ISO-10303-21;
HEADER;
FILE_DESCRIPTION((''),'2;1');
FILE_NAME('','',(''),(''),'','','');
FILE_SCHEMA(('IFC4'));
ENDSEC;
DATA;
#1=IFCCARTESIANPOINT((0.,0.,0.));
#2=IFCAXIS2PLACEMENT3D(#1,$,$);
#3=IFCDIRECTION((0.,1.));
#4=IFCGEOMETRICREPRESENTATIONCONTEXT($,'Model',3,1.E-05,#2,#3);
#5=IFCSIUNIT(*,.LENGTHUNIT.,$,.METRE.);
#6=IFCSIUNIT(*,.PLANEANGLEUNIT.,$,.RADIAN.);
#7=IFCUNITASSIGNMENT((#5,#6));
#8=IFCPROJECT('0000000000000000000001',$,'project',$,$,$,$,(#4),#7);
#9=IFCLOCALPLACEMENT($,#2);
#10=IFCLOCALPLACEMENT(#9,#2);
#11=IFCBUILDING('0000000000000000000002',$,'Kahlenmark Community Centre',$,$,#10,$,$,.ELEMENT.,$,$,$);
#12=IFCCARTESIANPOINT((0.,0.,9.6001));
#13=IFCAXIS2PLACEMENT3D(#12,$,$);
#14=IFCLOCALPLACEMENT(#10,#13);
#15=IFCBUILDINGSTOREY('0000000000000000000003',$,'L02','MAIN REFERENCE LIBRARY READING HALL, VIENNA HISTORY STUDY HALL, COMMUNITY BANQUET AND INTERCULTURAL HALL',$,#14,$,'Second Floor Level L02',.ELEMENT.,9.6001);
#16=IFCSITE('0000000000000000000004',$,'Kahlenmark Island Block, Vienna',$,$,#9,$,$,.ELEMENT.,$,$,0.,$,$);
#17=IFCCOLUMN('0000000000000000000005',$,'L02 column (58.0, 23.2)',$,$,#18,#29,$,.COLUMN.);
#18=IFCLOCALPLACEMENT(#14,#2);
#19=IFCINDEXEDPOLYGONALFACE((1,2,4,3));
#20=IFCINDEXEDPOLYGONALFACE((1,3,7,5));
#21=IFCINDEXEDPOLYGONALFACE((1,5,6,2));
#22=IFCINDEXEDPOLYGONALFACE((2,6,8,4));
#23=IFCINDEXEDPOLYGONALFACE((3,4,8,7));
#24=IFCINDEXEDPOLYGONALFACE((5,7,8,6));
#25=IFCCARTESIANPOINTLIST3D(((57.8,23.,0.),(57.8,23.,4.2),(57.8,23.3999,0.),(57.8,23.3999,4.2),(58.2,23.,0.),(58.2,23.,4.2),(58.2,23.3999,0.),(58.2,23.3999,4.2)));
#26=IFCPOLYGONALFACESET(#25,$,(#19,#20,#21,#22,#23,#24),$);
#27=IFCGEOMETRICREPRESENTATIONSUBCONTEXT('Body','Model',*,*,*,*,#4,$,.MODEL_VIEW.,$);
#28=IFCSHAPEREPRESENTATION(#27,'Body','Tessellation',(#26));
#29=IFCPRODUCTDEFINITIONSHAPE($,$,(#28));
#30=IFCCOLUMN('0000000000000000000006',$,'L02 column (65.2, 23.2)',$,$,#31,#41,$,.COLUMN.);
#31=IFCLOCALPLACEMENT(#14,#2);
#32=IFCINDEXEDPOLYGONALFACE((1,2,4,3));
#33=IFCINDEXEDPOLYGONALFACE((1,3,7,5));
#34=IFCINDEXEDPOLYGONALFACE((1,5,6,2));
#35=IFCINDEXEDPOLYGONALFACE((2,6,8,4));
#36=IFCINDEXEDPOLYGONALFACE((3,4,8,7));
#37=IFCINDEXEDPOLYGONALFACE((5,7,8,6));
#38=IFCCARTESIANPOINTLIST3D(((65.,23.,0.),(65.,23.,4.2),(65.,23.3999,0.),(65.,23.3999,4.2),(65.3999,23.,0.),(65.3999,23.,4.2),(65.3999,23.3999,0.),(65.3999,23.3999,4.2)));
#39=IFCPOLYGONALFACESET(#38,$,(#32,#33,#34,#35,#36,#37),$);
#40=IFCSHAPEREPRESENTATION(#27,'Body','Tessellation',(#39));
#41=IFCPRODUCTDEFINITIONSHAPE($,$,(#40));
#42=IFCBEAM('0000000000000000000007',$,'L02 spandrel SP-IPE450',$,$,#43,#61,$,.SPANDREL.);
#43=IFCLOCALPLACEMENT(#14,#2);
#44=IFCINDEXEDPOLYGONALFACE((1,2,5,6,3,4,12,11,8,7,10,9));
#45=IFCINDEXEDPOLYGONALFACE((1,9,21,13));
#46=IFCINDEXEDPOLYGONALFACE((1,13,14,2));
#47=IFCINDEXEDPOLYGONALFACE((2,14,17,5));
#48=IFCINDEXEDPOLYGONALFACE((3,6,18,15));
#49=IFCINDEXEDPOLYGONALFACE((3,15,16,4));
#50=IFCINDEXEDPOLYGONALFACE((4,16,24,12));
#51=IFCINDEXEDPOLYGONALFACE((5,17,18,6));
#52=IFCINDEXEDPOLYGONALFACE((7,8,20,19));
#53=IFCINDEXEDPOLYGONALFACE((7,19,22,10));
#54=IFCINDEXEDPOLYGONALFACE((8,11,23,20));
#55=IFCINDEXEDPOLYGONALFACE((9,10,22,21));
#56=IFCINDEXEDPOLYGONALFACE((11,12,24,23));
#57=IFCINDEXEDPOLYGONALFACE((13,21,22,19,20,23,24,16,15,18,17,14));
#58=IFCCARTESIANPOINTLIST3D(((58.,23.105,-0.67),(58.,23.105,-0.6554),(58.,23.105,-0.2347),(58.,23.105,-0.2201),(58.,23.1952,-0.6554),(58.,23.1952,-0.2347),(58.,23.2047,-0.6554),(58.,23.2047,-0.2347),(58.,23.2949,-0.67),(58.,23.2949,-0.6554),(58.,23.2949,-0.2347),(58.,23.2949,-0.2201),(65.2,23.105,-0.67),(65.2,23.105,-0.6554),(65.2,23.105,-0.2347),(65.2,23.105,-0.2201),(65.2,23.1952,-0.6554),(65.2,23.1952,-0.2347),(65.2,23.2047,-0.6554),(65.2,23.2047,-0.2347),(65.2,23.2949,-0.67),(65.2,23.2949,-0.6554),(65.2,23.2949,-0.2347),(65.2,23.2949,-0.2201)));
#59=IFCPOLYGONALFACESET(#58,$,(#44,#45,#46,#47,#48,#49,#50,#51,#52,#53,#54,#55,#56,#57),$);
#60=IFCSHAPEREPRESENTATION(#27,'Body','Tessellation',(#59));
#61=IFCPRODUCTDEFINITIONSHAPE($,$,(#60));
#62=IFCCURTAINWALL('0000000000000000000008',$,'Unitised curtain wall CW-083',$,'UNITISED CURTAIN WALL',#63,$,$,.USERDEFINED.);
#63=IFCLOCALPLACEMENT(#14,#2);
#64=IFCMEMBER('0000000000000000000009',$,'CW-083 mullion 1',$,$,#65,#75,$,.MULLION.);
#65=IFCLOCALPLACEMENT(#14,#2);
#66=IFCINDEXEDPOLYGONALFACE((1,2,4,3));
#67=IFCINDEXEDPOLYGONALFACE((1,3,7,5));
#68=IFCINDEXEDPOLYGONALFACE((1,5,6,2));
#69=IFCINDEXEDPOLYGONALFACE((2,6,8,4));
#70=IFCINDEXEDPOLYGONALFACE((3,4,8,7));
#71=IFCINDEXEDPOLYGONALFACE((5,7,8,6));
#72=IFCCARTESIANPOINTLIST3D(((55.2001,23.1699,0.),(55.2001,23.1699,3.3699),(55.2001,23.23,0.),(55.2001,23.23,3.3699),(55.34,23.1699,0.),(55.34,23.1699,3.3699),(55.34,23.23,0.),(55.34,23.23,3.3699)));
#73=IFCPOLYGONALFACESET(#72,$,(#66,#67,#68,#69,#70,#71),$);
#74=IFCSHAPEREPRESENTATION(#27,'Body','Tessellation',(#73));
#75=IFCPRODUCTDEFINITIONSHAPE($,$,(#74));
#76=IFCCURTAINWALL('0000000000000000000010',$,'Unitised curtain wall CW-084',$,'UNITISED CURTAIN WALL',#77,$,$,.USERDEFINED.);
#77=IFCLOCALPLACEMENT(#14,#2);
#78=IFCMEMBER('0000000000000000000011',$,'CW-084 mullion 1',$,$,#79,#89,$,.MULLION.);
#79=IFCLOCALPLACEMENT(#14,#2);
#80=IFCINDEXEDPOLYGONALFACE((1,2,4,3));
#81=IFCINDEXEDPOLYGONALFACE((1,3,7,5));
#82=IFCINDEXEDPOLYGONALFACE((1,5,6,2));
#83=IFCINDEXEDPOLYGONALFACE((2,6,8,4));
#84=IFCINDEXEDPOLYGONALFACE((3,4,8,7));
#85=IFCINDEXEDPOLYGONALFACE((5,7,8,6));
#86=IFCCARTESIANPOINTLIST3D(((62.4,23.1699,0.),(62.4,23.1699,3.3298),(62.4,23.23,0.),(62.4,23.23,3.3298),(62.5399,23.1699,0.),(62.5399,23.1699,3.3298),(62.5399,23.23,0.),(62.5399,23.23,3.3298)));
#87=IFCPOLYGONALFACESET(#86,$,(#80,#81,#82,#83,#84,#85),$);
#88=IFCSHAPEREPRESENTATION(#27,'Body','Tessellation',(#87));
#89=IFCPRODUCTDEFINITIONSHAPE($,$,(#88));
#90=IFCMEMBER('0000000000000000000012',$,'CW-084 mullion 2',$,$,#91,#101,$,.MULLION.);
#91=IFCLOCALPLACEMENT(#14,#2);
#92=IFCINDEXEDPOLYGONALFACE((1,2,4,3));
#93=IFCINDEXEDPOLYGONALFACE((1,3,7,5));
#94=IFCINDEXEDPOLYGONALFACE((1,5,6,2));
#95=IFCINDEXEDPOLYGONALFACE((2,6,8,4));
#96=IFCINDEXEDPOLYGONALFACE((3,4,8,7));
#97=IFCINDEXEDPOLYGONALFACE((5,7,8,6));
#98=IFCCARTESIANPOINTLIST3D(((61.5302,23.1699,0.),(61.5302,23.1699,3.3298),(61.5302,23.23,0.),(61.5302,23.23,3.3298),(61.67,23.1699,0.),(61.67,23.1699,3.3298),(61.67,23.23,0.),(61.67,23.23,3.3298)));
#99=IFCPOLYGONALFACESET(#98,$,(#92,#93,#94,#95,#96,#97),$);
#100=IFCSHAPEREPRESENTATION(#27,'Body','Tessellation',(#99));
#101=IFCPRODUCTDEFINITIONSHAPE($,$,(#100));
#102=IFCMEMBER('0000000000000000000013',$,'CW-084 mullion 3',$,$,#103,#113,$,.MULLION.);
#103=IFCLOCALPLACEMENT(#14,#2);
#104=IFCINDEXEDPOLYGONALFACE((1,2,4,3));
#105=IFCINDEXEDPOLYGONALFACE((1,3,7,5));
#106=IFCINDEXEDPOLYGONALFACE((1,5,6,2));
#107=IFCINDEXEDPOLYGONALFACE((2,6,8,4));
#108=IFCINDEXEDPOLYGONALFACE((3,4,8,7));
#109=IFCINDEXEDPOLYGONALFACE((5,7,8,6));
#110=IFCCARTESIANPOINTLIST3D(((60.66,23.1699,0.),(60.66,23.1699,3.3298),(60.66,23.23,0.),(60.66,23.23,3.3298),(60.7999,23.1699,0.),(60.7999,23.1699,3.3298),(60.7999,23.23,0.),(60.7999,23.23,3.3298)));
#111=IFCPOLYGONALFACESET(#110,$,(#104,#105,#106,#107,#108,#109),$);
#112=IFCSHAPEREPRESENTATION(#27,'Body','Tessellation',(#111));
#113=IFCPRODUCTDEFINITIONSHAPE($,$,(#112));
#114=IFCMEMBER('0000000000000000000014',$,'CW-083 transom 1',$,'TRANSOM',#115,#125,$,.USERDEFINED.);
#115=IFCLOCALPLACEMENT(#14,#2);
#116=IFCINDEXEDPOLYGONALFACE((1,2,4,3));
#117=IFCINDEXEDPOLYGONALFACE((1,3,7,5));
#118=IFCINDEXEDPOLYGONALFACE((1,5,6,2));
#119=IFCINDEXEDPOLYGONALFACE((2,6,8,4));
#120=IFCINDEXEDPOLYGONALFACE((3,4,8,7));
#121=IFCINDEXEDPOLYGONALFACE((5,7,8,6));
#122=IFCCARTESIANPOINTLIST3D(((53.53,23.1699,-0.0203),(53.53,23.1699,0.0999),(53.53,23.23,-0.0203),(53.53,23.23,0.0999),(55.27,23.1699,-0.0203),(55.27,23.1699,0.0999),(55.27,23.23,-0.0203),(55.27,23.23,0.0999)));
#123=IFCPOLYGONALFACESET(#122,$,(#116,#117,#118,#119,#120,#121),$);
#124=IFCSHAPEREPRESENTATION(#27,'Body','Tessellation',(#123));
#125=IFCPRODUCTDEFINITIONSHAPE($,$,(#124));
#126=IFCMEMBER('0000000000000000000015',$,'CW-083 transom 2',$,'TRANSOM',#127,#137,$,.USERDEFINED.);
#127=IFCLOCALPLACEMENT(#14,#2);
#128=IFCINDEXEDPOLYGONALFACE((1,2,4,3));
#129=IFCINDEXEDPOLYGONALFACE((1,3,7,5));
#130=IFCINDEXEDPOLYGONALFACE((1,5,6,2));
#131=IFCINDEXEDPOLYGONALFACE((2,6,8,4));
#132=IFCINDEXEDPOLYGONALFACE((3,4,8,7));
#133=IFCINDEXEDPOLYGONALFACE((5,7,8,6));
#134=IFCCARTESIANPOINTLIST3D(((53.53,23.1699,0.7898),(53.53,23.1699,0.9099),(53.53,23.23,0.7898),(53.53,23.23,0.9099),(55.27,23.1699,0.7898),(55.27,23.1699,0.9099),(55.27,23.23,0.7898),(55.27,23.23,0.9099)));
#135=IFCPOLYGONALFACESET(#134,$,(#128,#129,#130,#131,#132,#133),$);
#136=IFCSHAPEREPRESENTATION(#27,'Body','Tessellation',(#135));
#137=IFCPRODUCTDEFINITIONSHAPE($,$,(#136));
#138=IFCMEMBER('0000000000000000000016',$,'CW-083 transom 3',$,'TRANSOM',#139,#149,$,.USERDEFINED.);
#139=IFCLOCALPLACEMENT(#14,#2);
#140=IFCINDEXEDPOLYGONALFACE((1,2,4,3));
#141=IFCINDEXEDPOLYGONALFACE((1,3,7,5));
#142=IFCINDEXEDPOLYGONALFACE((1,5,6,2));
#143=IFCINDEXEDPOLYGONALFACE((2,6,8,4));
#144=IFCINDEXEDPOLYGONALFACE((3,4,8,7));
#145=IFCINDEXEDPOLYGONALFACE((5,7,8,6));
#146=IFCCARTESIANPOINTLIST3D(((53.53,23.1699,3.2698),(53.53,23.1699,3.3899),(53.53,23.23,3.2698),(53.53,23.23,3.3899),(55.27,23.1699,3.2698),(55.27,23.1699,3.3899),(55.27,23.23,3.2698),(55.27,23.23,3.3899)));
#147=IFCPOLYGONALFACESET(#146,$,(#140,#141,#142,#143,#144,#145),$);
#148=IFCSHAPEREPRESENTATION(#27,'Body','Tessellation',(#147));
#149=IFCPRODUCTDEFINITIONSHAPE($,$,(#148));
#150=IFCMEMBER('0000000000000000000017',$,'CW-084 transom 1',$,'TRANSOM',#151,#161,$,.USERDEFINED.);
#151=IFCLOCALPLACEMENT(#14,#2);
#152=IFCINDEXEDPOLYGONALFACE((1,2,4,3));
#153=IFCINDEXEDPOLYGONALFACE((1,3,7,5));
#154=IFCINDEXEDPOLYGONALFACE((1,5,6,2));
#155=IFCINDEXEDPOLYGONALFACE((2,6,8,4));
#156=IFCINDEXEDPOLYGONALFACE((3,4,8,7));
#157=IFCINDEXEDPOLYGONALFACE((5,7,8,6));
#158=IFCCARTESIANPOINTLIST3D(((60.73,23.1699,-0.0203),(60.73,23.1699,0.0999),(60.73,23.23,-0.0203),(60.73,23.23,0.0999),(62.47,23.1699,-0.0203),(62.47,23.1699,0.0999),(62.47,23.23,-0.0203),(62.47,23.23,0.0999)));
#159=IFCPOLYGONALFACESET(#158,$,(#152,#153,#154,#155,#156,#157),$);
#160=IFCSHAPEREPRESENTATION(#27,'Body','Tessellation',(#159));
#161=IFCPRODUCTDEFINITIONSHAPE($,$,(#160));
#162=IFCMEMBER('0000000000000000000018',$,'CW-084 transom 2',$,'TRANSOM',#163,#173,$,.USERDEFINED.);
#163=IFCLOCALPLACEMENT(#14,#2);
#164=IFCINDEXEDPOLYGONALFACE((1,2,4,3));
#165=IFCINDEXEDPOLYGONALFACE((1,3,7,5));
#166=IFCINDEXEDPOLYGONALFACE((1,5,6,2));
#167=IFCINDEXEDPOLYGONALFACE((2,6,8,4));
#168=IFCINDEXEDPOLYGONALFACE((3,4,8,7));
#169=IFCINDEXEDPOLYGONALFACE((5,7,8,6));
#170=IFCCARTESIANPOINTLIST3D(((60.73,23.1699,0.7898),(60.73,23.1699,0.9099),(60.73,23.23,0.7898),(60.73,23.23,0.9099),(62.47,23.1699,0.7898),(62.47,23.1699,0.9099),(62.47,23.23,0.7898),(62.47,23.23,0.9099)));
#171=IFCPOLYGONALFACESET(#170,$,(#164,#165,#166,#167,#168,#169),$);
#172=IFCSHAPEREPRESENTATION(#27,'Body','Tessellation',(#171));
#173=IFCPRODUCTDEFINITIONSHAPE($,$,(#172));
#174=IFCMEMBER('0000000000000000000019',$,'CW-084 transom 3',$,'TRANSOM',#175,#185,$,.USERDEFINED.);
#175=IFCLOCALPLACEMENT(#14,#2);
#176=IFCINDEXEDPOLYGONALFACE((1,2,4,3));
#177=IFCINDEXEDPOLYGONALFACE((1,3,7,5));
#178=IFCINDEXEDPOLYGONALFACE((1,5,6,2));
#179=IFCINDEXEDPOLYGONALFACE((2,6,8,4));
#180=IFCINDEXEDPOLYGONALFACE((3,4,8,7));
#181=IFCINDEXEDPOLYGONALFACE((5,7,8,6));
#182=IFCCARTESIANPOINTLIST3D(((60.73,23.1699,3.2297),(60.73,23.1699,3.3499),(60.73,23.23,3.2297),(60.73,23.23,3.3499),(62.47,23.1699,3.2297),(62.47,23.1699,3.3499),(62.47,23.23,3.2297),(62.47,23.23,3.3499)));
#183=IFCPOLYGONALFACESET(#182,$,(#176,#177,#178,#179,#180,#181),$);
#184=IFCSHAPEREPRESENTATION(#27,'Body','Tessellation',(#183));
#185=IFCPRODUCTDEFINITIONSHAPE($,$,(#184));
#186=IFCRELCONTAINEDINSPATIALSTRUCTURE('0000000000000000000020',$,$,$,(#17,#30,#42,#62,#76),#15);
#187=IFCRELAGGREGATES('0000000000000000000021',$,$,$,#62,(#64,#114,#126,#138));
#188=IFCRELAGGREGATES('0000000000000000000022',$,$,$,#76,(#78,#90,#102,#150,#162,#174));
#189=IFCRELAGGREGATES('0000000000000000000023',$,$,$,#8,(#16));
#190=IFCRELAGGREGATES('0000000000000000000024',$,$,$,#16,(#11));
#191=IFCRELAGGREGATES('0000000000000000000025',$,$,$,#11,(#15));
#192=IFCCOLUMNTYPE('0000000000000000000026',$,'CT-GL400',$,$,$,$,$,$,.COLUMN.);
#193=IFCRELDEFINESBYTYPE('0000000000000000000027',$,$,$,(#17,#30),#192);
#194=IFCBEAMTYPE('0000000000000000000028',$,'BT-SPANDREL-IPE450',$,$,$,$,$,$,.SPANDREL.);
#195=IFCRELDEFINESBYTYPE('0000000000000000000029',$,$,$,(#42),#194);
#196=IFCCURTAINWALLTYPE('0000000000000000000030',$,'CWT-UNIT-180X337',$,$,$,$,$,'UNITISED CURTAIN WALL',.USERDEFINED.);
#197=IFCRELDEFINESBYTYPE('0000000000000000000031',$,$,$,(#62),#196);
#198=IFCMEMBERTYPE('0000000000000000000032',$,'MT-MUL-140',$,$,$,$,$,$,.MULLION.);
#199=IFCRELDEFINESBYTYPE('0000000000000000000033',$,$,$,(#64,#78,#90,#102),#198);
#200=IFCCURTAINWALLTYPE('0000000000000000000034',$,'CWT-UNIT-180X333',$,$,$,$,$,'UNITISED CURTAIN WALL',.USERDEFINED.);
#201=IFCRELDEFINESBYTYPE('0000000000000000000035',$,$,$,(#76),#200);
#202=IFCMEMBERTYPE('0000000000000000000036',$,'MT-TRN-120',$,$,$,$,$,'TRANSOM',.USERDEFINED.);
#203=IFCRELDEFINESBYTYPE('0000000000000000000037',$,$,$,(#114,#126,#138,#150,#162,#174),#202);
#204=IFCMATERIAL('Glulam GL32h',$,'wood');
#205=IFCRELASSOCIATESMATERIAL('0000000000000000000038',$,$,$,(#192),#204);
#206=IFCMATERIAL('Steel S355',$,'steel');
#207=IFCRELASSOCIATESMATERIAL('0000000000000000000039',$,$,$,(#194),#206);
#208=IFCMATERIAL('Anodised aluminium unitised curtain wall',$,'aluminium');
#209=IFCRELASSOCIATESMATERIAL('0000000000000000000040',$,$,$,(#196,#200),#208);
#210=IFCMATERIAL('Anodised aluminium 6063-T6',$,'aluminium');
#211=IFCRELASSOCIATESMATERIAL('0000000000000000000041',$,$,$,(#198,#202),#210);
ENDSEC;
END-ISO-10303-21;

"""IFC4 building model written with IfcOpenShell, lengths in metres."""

from ifc_helpers import new_model, si_unit, direction, frame, origin, origin_2d, place, context, subcontext, project, spatial, rectangle, i_section, extrude, material, material_profile, profile_set, type_object, element, aggregate, save


model = new_model("IFC4")

# Units and contexts
model_context = context("Model", 3, precision=1e-05, world=origin(), true_north=direction((0.0, 1.0)))
body_context = subcontext(model_context, "Body", "Model", "MODEL_VIEW")
ifc_project = project(units=[si_unit("LENGTHUNIT", "METRE"), si_unit("PLANEANGLEUNIT", "RADIAN")], contexts=[model_context])

# Site, building, storey
site_placement = place(None, origin())
site = spatial("IfcSite", under=ifc_project, at=site_placement, Name="Kahlenmark Island Block, Vienna", CompositionType="ELEMENT", RefElevation=0.0)
building_placement = place(site_placement, origin())
building = spatial("IfcBuilding", under=site, at=building_placement, Name="Kahlenmark Community Centre", CompositionType="ELEMENT")
storey_placement = place(building_placement, frame((0.0, 0.0, 9.6001)))
storey = spatial("IfcBuildingStorey", under=building, at=storey_placement, Name="L02", Description="MAIN REFERENCE LIBRARY READING HALL, VIENNA HISTORY STUDY HALL, COMMUNITY BANQUET AND INTERCULTURAL HALL", LongName="Second Floor Level L02", CompositionType="ELEMENT", Elevation=9.6001)

# Columns
ifc_material_1 = material(Name="Glulam GL32h", Category="wood")
ifc_material_profile_1 = material_profile(ifc_material_1, rectangle(XDim=0.3999, YDim=0.3999, at=origin_2d()), Name="GL32h 400x400")
ifc_profile_set_1 = profile_set([ifc_material_profile_1], Name="Glulam GL32h")
column_type = type_object("IfcColumnType", Name="CT-GL400", PredefinedType="COLUMN", material=ifc_profile_set_1)
for number, where, z_axis, x_axis, name in (
    (1, (58.0, 23.2, 0.0), (0.0, 0.0, 1.0), (1.0, 0.0, 0.0), "L02 column (58.0, 23.2)"),
    (2, (65.2, 23.2, 0.0), (0.0, 0.0, 1.0), (1.0, 0.0, 0.0), "L02 column (65.2, 23.2)"),
):
    element("IfcColumn", number, at=place(storey_placement, frame(where, z_axis=z_axis, x_axis=x_axis)), inside=storey, type_object=column_type, Name=name, PredefinedType="COLUMN", context=body_context, shape_type="SweptSolid", body=[
        extrude(rectangle(XDim=0.3999, YDim=0.3999, at=origin_2d()), origin(), (0.0, 0.0, 1.0), 4.2),
    ])

# Beam
ifc_material_2 = material(Name="Steel S355", Category="steel")
ifc_material_profile_2 = material_profile(ifc_material_2, i_section(OverallWidth=0.1899, OverallDepth=0.45, WebThickness=0.0095, FlangeThickness=0.0146, at=origin_2d()), Name="IPE 450")
ifc_profile_set_2 = profile_set([ifc_material_profile_2], Name="Steel S355")
beam_type = type_object("IfcBeamType", Name="BT-SPANDREL-IPE450", PredefinedType="SPANDREL", material=ifc_profile_set_2)
beam_placement = place(storey_placement, frame((58.0, 23.2, -0.4451), z_axis=(1.0, 0.0, 0.0), x_axis=(0.0, 1.0, 0.0)))
element("IfcBeam", 3, at=beam_placement, inside=storey, type_object=beam_type, Name="L02 spandrel SP-IPE450", PredefinedType="SPANDREL", context=body_context, shape_type="SweptSolid", body=[
    extrude(i_section(OverallWidth=0.1899, OverallDepth=0.45, WebThickness=0.0095, FlangeThickness=0.0146, at=origin_2d()), origin(), (0.0, 0.0, 1.0), 7.2),
])

# Curtain wall, member
ifc_material_3 = material(Name="Anodised aluminium unitised curtain wall", Category="aluminium")
curtain_wall_type_1 = type_object("IfcCurtainWallType", Name="CWT-UNIT-180X337", ElementType="UNITISED CURTAIN WALL", PredefinedType="USERDEFINED", material=ifc_material_3)
curtain_wall_1_placement = place(storey_placement, origin())
curtain_wall_1 = element("IfcCurtainWall", 4, at=curtain_wall_1_placement, inside=storey, type_object=curtain_wall_type_1, Name="Unitised curtain wall CW-083", ObjectType="UNITISED CURTAIN WALL", PredefinedType="USERDEFINED")
ifc_material_4 = material(Name="Anodised aluminium 6063-T6", Category="aluminium")
ifc_material_profile_3 = material_profile(ifc_material_4, rectangle(XDim=0.0601, YDim=0.1399, at=origin_2d()), Name="ALU MULLION 60x140")
ifc_profile_set_3 = profile_set([ifc_material_profile_3], Name="Anodised aluminium 6063-T6")
member_type_1 = type_object("IfcMemberType", Name="MT-MUL-140", PredefinedType="MULLION", material=ifc_profile_set_3)
member_1_placement = place(storey_placement, frame((55.27, 23.2, 0.0), z_axis=(0.0, 0.0, 1.0), x_axis=(0.0, -1.0, 0.0)))
member_1 = element("IfcMember", 5, at=member_1_placement, type_object=member_type_1, Name="CW-083 mullion 1", PredefinedType="MULLION", context=body_context, shape_type="SweptSolid", body=[
    extrude(rectangle(XDim=0.0601, YDim=0.1399, at=origin_2d()), origin(), (0.0, 0.0, 1.0), 3.3699),
])

# Curtain wall, members
curtain_wall_type_2 = type_object("IfcCurtainWallType", Name="CWT-UNIT-180X333", ElementType="UNITISED CURTAIN WALL", PredefinedType="USERDEFINED", material=ifc_material_3)
curtain_wall_2_placement = place(storey_placement, origin())
curtain_wall_2 = element("IfcCurtainWall", 6, at=curtain_wall_2_placement, inside=storey, type_object=curtain_wall_type_2, Name="Unitised curtain wall CW-084", ObjectType="UNITISED CURTAIN WALL", PredefinedType="USERDEFINED")
member_2_placement = place(storey_placement, frame((62.47, 23.2, 0.0), z_axis=(0.0, 0.0, 1.0), x_axis=(0.0, -1.0, 0.0)))
member_2 = element("IfcMember", 7, at=member_2_placement, type_object=member_type_1, Name="CW-084 mullion 1", PredefinedType="MULLION", context=body_context, shape_type="SweptSolid", body=[
    extrude(rectangle(XDim=0.0601, YDim=0.1399, at=origin_2d()), origin(), (0.0, 0.0, 1.0), 3.3298),
])
member_3_placement = place(storey_placement, frame((61.6001, 23.2, 0.0), z_axis=(0.0, 0.0, 1.0), x_axis=(0.0, -1.0, 0.0)))
member_3 = element("IfcMember", 8, at=member_3_placement, type_object=member_type_1, Name="CW-084 mullion 2", PredefinedType="MULLION", context=body_context, shape_type="SweptSolid", body=[
    extrude(rectangle(XDim=0.0601, YDim=0.1399, at=origin_2d()), origin(), (0.0, 0.0, 1.0), 3.3298),
])
member_4_placement = place(storey_placement, frame((60.73, 23.2, 0.0), z_axis=(0.0, 0.0, 1.0), x_axis=(0.0, -1.0, 0.0)))
member_4 = element("IfcMember", 9, at=member_4_placement, type_object=member_type_1, Name="CW-084 mullion 3", PredefinedType="MULLION", context=body_context, shape_type="SweptSolid", body=[
    extrude(rectangle(XDim=0.0601, YDim=0.1399, at=origin_2d()), origin(), (0.0, 0.0, 1.0), 3.3298),
])

# Members
ifc_material_profile_4 = material_profile(ifc_material_4, rectangle(XDim=0.0601, YDim=0.1201, at=origin_2d()), Name="ALU TRANSOM 60x120")
ifc_profile_set_4 = profile_set([ifc_material_profile_4], Name="Anodised aluminium 6063-T6")
member_type_2 = type_object("IfcMemberType", Name="MT-TRN-120", ElementType="TRANSOM", PredefinedType="USERDEFINED", material=ifc_profile_set_4)
member_5_placement = place(storey_placement, frame((55.27, 23.2, 0.0398), z_axis=(-1.0, 0.0, 0.0), x_axis=(0.0, -1.0, 0.0)))
member_5 = element("IfcMember", 10, at=member_5_placement, type_object=member_type_2, Name="CW-083 transom 1", ObjectType="TRANSOM", PredefinedType="USERDEFINED", context=body_context, shape_type="SweptSolid", body=[
    extrude(rectangle(XDim=0.0601, YDim=0.1201, at=origin_2d()), origin(), (0.0, 0.0, 1.0), 1.74),
])
member_6_placement = place(storey_placement, frame((55.27, 23.2, 0.8499), z_axis=(-1.0, 0.0, 0.0), x_axis=(0.0, -1.0, 0.0)))
member_6 = element("IfcMember", 11, at=member_6_placement, type_object=member_type_2, Name="CW-083 transom 2", ObjectType="TRANSOM", PredefinedType="USERDEFINED", context=body_context, shape_type="SweptSolid", body=[
    extrude(rectangle(XDim=0.0601, YDim=0.1201, at=origin_2d()), origin(), (0.0, 0.0, 1.0), 1.74),
])
member_7_placement = place(storey_placement, frame((55.27, 23.2, 3.3298), z_axis=(-1.0, 0.0, 0.0), x_axis=(0.0, -1.0, 0.0)))
member_7 = element("IfcMember", 12, at=member_7_placement, type_object=member_type_2, Name="CW-083 transom 3", ObjectType="TRANSOM", PredefinedType="USERDEFINED", context=body_context, shape_type="SweptSolid", body=[
    extrude(rectangle(XDim=0.0601, YDim=0.1201, at=origin_2d()), origin(), (0.0, 0.0, 1.0), 1.74),
])
member_8_placement = place(storey_placement, frame((62.47, 23.2, 0.0398), z_axis=(-1.0, 0.0, 0.0), x_axis=(0.0, -1.0, 0.0)))
member_8 = element("IfcMember", 13, at=member_8_placement, type_object=member_type_2, Name="CW-084 transom 1", ObjectType="TRANSOM", PredefinedType="USERDEFINED", context=body_context, shape_type="SweptSolid", body=[
    extrude(rectangle(XDim=0.0601, YDim=0.1201, at=origin_2d()), origin(), (0.0, 0.0, 1.0), 1.74),
])
member_9_placement = place(storey_placement, frame((62.47, 23.2, 0.8499), z_axis=(-1.0, 0.0, 0.0), x_axis=(0.0, -1.0, 0.0)))
member_9 = element("IfcMember", 14, at=member_9_placement, type_object=member_type_2, Name="CW-084 transom 2", ObjectType="TRANSOM", PredefinedType="USERDEFINED", context=body_context, shape_type="SweptSolid", body=[
    extrude(rectangle(XDim=0.0601, YDim=0.1201, at=origin_2d()), origin(), (0.0, 0.0, 1.0), 1.74),
])
member_10_placement = place(storey_placement, frame((62.47, 23.2, 3.2898), z_axis=(-1.0, 0.0, 0.0), x_axis=(0.0, -1.0, 0.0)))
member_10 = element("IfcMember", 15, at=member_10_placement, type_object=member_type_2, Name="CW-084 transom 3", ObjectType="TRANSOM", PredefinedType="USERDEFINED", context=body_context, shape_type="SweptSolid", body=[
    extrude(rectangle(XDim=0.0601, YDim=0.1201, at=origin_2d()), origin(), (0.0, 0.0, 1.0), 1.74),
])

aggregate(curtain_wall_1, [member_1, member_5, member_6, member_7])
aggregate(curtain_wall_2, [member_2, member_3, member_4, member_8, member_9, member_10])

save(model, "model.ifc")
